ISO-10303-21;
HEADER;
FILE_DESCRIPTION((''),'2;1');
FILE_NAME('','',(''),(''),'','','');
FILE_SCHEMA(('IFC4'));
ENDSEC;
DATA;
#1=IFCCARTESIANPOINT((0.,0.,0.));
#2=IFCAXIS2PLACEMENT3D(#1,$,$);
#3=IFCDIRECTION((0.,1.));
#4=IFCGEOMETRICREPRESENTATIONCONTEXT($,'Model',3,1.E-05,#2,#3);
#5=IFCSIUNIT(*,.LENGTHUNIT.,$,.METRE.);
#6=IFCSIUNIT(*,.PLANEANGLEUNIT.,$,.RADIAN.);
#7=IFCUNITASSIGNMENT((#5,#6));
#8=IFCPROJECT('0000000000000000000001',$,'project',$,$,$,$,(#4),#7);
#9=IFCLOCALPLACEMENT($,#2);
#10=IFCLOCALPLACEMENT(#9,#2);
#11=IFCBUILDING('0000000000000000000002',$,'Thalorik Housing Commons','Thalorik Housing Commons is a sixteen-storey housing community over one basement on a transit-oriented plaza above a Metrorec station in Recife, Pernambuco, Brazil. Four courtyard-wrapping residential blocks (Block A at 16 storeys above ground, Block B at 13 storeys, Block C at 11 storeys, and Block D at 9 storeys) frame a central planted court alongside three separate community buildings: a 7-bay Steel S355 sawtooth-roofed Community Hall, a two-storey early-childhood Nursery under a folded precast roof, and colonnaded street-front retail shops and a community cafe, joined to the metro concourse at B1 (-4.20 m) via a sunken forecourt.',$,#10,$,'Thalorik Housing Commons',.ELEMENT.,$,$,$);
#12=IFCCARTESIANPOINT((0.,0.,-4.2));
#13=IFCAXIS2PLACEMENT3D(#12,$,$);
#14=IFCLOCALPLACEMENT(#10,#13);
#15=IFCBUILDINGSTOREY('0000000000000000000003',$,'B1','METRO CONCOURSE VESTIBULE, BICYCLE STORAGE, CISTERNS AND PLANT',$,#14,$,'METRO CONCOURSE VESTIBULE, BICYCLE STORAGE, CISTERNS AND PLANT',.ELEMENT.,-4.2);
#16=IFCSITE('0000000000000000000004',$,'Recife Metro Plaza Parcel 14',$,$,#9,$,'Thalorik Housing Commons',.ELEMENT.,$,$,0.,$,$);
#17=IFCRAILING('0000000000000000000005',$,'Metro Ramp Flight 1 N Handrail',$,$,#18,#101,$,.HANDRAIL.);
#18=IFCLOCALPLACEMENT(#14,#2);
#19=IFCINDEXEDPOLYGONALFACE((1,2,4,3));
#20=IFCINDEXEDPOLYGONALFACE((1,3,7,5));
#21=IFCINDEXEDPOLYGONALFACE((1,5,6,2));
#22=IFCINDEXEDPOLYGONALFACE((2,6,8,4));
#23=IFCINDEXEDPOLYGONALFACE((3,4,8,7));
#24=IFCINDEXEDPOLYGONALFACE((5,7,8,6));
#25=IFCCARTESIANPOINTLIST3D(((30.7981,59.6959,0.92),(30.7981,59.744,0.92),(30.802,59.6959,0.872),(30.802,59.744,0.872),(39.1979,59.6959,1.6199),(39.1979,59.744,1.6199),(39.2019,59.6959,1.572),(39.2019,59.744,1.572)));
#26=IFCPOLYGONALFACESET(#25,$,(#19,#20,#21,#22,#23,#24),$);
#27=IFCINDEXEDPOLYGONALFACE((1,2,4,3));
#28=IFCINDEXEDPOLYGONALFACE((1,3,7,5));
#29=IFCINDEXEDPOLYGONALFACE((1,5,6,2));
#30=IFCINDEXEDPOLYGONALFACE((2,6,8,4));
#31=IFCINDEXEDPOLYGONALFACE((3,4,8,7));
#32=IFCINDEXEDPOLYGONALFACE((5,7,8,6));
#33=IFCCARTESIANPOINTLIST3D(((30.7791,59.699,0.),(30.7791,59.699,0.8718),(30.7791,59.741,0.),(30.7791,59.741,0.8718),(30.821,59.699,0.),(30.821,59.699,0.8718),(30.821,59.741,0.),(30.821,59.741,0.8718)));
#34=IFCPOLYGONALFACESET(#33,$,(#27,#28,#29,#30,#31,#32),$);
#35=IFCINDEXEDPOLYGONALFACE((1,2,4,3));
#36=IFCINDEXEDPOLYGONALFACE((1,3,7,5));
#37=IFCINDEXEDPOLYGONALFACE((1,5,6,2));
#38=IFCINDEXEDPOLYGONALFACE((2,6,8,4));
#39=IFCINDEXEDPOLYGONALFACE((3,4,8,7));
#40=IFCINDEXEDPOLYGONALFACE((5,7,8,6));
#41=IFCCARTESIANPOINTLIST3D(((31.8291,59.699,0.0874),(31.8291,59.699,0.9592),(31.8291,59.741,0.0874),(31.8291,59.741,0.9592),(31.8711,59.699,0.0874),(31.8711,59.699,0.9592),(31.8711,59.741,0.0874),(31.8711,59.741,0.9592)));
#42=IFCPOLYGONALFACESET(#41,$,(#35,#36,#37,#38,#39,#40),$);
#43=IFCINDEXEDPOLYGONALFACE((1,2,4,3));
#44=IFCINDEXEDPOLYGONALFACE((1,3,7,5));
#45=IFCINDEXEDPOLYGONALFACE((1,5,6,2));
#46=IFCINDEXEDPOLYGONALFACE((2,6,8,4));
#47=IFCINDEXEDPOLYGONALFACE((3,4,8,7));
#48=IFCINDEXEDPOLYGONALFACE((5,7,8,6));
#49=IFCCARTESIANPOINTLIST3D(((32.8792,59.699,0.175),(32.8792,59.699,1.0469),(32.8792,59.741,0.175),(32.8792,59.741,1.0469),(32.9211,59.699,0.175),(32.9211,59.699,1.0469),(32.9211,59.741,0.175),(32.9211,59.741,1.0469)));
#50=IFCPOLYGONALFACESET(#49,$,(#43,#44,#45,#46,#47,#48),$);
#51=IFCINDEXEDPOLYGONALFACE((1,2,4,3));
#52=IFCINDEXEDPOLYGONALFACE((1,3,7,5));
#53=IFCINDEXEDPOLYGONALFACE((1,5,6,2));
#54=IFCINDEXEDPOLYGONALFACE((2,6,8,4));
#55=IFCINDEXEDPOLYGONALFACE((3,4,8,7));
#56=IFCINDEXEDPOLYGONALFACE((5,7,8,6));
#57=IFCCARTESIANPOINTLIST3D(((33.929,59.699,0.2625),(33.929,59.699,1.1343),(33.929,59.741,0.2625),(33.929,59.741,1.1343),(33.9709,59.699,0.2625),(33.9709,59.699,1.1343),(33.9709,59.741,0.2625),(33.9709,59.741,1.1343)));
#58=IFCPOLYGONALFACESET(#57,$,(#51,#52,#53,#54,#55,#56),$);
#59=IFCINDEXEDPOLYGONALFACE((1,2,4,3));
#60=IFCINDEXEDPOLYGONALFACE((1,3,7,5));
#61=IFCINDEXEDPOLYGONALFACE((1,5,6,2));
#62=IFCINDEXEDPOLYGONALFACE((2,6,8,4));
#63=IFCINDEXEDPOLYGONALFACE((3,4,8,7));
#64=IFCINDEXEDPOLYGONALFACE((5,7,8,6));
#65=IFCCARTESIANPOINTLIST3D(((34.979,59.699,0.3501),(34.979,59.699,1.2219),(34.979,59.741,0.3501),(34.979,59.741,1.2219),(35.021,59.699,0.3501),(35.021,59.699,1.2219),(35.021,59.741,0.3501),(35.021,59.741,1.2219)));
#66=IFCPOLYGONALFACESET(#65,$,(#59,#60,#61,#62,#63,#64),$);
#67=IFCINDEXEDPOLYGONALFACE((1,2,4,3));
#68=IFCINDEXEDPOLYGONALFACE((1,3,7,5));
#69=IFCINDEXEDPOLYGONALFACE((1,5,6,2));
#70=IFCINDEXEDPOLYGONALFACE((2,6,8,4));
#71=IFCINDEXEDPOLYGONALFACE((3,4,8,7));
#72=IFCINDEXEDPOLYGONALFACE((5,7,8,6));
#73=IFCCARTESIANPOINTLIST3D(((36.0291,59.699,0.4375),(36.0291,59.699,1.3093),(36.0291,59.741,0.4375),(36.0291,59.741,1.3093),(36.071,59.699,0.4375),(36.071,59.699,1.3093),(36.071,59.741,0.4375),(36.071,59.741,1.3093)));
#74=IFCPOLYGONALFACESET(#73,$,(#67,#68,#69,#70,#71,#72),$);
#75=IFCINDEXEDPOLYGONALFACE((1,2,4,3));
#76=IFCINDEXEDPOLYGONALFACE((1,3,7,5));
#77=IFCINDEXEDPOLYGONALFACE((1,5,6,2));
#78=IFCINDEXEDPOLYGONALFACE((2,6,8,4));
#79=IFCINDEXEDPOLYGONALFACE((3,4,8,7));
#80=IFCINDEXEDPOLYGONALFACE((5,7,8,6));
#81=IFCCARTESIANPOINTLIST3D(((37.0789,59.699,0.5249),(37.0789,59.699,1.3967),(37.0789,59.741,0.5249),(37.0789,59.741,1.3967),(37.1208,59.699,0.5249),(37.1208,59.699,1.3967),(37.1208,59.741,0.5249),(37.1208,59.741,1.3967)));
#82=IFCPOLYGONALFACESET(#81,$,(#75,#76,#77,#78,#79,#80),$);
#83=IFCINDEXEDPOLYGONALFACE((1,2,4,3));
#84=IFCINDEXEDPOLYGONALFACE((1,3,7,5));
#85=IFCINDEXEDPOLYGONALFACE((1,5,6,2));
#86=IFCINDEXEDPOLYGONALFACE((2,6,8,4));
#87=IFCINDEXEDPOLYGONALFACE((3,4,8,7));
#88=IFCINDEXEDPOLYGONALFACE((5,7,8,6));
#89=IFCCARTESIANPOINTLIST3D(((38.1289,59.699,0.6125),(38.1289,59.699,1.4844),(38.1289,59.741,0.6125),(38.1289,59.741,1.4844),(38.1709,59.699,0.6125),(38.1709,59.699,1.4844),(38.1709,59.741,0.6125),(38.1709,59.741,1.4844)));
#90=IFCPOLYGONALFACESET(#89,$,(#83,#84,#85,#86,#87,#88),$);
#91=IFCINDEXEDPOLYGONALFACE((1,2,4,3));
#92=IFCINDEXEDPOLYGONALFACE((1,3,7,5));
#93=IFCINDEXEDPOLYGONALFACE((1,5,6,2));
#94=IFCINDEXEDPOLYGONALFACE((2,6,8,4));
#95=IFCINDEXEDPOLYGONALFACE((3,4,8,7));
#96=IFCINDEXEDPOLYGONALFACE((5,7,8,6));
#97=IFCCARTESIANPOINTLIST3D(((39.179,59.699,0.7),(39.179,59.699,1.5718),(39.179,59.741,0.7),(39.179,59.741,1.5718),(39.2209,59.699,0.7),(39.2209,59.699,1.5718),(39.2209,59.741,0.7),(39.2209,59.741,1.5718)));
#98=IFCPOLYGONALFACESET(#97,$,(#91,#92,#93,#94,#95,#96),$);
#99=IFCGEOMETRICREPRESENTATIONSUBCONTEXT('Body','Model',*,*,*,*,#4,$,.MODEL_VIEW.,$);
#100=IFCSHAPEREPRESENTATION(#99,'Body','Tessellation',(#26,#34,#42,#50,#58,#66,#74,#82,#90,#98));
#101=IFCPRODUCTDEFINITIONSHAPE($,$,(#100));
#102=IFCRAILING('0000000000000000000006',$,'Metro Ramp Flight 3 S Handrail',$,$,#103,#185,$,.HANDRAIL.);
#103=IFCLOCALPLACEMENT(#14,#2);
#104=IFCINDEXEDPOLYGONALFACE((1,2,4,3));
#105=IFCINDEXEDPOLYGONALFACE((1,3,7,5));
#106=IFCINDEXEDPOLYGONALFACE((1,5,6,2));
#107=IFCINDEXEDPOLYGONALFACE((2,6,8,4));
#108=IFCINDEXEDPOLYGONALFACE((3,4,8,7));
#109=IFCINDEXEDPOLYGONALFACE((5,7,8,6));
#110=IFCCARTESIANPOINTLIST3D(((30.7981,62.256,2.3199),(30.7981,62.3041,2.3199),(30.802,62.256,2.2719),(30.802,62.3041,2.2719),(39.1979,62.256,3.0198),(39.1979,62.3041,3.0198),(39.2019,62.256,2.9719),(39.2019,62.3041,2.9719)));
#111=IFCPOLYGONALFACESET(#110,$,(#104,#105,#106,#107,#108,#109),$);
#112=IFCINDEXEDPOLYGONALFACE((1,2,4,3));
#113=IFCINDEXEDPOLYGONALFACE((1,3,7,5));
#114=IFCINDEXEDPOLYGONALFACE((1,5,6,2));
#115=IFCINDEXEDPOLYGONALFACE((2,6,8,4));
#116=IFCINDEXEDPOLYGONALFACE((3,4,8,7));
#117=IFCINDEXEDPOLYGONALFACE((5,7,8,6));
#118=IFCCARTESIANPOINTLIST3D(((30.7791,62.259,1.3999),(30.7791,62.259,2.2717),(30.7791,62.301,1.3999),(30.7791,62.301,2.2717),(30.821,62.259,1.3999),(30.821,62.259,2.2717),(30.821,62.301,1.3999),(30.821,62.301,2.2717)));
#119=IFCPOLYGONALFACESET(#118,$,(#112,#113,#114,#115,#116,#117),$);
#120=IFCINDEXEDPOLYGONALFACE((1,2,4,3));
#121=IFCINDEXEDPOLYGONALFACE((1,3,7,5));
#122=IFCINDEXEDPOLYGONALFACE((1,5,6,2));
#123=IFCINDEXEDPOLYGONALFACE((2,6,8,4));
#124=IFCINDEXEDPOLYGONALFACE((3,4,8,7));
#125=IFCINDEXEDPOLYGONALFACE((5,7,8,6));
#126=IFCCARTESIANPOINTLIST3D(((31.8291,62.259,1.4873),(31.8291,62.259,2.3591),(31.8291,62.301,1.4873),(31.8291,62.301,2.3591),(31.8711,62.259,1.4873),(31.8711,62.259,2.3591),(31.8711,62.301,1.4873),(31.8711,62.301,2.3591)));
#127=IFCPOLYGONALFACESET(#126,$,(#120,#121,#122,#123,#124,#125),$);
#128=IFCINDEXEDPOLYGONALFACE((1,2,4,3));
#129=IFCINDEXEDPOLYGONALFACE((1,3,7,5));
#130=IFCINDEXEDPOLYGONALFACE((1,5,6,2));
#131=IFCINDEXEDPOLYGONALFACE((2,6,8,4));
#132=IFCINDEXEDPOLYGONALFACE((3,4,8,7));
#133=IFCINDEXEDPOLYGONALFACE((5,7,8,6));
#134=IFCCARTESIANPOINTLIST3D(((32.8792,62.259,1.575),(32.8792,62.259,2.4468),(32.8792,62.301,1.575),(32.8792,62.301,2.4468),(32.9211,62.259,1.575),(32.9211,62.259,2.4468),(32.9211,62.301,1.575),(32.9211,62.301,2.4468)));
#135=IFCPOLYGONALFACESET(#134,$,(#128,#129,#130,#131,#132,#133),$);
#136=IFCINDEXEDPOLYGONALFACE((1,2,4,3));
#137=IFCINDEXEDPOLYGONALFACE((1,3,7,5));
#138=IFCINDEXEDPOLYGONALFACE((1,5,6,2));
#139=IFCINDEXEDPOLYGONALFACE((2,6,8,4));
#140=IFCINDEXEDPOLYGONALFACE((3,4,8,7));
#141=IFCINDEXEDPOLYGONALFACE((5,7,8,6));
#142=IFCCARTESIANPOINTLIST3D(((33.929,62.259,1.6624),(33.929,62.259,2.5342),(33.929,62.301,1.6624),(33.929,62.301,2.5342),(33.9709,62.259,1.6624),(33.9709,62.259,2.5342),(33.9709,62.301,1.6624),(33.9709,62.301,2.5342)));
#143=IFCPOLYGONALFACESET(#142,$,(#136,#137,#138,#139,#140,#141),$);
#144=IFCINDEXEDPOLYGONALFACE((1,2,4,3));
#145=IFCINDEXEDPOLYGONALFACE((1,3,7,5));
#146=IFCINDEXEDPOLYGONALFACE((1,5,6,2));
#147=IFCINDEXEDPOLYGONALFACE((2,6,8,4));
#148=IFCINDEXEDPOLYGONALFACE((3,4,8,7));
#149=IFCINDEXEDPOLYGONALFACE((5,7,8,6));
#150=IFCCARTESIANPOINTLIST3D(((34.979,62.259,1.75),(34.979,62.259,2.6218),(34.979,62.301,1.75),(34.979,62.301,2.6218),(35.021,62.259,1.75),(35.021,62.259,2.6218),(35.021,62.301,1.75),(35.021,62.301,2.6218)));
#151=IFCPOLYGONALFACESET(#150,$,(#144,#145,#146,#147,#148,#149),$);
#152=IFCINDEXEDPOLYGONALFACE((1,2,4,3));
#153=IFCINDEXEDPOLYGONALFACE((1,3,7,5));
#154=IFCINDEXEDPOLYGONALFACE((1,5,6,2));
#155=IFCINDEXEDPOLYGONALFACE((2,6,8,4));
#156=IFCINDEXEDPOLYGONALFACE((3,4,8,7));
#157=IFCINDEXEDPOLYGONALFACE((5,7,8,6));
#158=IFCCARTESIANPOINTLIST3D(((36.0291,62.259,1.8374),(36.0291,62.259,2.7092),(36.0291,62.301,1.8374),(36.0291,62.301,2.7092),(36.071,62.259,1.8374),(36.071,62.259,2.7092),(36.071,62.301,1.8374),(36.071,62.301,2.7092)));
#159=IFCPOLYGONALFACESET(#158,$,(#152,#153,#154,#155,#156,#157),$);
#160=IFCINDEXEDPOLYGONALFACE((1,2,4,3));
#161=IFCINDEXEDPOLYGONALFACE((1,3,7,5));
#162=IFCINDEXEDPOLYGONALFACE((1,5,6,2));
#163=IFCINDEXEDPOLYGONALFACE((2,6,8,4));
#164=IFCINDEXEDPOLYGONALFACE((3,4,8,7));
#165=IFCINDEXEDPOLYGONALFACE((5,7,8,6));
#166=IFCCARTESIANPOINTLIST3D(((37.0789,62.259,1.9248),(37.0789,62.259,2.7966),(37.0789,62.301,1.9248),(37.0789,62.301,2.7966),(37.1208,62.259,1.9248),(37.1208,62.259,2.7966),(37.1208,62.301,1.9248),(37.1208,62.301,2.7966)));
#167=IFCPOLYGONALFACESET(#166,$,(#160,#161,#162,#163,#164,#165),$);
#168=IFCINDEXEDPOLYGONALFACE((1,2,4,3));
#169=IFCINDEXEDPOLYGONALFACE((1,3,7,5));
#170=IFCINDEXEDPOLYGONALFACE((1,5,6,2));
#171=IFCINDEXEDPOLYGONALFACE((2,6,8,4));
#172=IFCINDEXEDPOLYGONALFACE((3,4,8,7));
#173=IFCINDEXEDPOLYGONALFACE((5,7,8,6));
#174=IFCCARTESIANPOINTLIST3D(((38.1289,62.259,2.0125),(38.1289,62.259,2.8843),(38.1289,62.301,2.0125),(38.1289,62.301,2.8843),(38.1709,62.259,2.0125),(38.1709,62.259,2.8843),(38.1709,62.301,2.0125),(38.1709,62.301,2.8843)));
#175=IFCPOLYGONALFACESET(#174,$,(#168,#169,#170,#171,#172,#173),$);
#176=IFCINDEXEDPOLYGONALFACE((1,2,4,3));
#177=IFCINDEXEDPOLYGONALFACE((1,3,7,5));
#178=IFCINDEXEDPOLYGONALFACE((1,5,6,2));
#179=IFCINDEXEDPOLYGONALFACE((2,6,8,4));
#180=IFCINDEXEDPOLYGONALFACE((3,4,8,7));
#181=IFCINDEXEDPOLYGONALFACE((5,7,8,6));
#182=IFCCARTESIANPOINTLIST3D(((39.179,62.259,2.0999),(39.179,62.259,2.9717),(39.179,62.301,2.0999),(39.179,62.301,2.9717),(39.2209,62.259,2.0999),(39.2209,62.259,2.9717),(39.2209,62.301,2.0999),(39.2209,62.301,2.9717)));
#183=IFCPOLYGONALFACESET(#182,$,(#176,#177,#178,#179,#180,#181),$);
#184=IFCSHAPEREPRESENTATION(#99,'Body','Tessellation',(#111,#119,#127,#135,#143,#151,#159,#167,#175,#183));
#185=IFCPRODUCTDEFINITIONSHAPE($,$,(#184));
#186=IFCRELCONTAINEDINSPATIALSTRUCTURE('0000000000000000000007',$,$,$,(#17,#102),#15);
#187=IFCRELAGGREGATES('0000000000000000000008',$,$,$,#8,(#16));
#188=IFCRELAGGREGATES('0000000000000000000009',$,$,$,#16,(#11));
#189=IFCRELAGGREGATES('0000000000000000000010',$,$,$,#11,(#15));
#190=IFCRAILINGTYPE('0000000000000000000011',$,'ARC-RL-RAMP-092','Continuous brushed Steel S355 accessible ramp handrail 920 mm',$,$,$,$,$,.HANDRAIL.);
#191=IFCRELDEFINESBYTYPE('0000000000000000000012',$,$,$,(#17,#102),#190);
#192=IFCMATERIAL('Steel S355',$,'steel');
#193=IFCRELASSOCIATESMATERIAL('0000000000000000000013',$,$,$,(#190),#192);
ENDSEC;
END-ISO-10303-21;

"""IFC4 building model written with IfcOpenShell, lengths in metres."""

from ifc_helpers import new_model, si_unit, direction, frame, origin, origin_2d, place, context, subcontext, project, spatial, rectangle, extrude, material, type_object, element, save


model = new_model("IFC4")

# Units and contexts
model_context = context("Model", 3, precision=1e-05, world=origin(), true_north=direction((0.0, 1.0)))
body_context = subcontext(model_context, "Body", "Model", "MODEL_VIEW")
ifc_project = project(units=[si_unit("LENGTHUNIT", "METRE"), si_unit("PLANEANGLEUNIT", "RADIAN")], contexts=[model_context])

# Site, building, storey
site_placement = place(None, origin())
site = spatial("IfcSite", under=ifc_project, at=site_placement, Name="Recife Metro Plaza Parcel 14", LongName="Thalorik Housing Commons", CompositionType="ELEMENT", RefElevation=0.0)
building_placement = place(site_placement, origin())
building = spatial("IfcBuilding", under=site, at=building_placement, Name="Thalorik Housing Commons", Description="Thalorik Housing Commons is a sixteen-storey housing community over one basement on a transit-oriented plaza above a Metrorec station in Recife, Pernambuco, Brazil. Four courtyard-wrapping residential blocks (Block A at 16 storeys above ground, Block B at 13 storeys, Block C at 11 storeys, and Block D at 9 storeys) frame a central planted court alongside three separate community buildings: a 7-bay Steel S355 sawtooth-roofed Community Hall, a two-storey early-childhood Nursery under a folded precast roof, and colonnaded street-front retail shops and a community cafe, joined to the metro concourse at B1 (-4.20 m) via a sunken forecourt.", LongName="Thalorik Housing Commons", CompositionType="ELEMENT")
storey_placement = place(building_placement, frame((0.0, 0.0, -4.2)))
storey = spatial("IfcBuildingStorey", under=building, at=storey_placement, Name="B1", Description="METRO CONCOURSE VESTIBULE, BICYCLE STORAGE, CISTERNS AND PLANT", LongName="METRO CONCOURSE VESTIBULE, BICYCLE STORAGE, CISTERNS AND PLANT", CompositionType="ELEMENT", Elevation=-4.2)

# Shared definitions
ifc_material_1 = material(Name="Steel S355", Category="steel")

# Railings
railing_type_1 = type_object("IfcRailingType", Name="ARC-RL-RAMP-092", Description="Continuous brushed Steel S355 accessible ramp handrail 920 mm", PredefinedType="HANDRAIL", material=ifc_material_1)
for number, where, name in (
    (1, (30.8, 59.72, 0.0), "Metro Ramp Flight 1 N Handrail"),
    (2, (30.8, 62.28, 1.3999), "Metro Ramp Flight 3 S Handrail"),
):
    element("IfcRailing", number, at=place(storey_placement, frame(where)), inside=storey, type_object=railing_type_1, Name=name, PredefinedType="HANDRAIL", context=body_context, shape_type="SweptSolid", body=[
        extrude(rectangle(XDim=0.0481, YDim=0.0481, at=origin_2d()), frame((0.0, 0.0, 0.896), z_axis=(0.996546, 0.0, 0.083041), x_axis=(0.0, 1.0, 0.0)), (0.0, 0.0, 1.0), 8.429),
        extrude(rectangle(XDim=0.042, YDim=0.042, at=origin_2d()), origin(), (0.0, 0.0, 1.0), 0.8718),
        extrude(rectangle(XDim=0.042, YDim=0.042, at=origin_2d()), frame((1.05, 0.0, 0.0874)), (0.0, 0.0, 1.0), 0.8718),
        extrude(rectangle(XDim=0.042, YDim=0.042, at=origin_2d()), frame((2.1001, 0.0, 0.175)), (0.0, 0.0, 1.0), 0.8718),
        extrude(rectangle(XDim=0.042, YDim=0.042, at=origin_2d()), frame((3.1499, 0.0, 0.2625)), (0.0, 0.0, 1.0), 0.8718),
        extrude(rectangle(XDim=0.042, YDim=0.042, at=origin_2d()), frame((4.2, 0.0, 0.3501)), (0.0, 0.0, 1.0), 0.8718),
        extrude(rectangle(XDim=0.042, YDim=0.042, at=origin_2d()), frame((5.25, 0.0, 0.4375)), (0.0, 0.0, 1.0), 0.8718),
        extrude(rectangle(XDim=0.042, YDim=0.042, at=origin_2d()), frame((6.2998, 0.0, 0.5249)), (0.0, 0.0, 1.0), 0.8718),
        extrude(rectangle(XDim=0.042, YDim=0.042, at=origin_2d()), frame((7.3499, 0.0, 0.6125)), (0.0, 0.0, 1.0), 0.8718),
        extrude(rectangle(XDim=0.042, YDim=0.042, at=origin_2d()), frame((8.3999, 0.0, 0.7)), (0.0, 0.0, 1.0), 0.8718),
    ])

save(model, "model.ifc")
